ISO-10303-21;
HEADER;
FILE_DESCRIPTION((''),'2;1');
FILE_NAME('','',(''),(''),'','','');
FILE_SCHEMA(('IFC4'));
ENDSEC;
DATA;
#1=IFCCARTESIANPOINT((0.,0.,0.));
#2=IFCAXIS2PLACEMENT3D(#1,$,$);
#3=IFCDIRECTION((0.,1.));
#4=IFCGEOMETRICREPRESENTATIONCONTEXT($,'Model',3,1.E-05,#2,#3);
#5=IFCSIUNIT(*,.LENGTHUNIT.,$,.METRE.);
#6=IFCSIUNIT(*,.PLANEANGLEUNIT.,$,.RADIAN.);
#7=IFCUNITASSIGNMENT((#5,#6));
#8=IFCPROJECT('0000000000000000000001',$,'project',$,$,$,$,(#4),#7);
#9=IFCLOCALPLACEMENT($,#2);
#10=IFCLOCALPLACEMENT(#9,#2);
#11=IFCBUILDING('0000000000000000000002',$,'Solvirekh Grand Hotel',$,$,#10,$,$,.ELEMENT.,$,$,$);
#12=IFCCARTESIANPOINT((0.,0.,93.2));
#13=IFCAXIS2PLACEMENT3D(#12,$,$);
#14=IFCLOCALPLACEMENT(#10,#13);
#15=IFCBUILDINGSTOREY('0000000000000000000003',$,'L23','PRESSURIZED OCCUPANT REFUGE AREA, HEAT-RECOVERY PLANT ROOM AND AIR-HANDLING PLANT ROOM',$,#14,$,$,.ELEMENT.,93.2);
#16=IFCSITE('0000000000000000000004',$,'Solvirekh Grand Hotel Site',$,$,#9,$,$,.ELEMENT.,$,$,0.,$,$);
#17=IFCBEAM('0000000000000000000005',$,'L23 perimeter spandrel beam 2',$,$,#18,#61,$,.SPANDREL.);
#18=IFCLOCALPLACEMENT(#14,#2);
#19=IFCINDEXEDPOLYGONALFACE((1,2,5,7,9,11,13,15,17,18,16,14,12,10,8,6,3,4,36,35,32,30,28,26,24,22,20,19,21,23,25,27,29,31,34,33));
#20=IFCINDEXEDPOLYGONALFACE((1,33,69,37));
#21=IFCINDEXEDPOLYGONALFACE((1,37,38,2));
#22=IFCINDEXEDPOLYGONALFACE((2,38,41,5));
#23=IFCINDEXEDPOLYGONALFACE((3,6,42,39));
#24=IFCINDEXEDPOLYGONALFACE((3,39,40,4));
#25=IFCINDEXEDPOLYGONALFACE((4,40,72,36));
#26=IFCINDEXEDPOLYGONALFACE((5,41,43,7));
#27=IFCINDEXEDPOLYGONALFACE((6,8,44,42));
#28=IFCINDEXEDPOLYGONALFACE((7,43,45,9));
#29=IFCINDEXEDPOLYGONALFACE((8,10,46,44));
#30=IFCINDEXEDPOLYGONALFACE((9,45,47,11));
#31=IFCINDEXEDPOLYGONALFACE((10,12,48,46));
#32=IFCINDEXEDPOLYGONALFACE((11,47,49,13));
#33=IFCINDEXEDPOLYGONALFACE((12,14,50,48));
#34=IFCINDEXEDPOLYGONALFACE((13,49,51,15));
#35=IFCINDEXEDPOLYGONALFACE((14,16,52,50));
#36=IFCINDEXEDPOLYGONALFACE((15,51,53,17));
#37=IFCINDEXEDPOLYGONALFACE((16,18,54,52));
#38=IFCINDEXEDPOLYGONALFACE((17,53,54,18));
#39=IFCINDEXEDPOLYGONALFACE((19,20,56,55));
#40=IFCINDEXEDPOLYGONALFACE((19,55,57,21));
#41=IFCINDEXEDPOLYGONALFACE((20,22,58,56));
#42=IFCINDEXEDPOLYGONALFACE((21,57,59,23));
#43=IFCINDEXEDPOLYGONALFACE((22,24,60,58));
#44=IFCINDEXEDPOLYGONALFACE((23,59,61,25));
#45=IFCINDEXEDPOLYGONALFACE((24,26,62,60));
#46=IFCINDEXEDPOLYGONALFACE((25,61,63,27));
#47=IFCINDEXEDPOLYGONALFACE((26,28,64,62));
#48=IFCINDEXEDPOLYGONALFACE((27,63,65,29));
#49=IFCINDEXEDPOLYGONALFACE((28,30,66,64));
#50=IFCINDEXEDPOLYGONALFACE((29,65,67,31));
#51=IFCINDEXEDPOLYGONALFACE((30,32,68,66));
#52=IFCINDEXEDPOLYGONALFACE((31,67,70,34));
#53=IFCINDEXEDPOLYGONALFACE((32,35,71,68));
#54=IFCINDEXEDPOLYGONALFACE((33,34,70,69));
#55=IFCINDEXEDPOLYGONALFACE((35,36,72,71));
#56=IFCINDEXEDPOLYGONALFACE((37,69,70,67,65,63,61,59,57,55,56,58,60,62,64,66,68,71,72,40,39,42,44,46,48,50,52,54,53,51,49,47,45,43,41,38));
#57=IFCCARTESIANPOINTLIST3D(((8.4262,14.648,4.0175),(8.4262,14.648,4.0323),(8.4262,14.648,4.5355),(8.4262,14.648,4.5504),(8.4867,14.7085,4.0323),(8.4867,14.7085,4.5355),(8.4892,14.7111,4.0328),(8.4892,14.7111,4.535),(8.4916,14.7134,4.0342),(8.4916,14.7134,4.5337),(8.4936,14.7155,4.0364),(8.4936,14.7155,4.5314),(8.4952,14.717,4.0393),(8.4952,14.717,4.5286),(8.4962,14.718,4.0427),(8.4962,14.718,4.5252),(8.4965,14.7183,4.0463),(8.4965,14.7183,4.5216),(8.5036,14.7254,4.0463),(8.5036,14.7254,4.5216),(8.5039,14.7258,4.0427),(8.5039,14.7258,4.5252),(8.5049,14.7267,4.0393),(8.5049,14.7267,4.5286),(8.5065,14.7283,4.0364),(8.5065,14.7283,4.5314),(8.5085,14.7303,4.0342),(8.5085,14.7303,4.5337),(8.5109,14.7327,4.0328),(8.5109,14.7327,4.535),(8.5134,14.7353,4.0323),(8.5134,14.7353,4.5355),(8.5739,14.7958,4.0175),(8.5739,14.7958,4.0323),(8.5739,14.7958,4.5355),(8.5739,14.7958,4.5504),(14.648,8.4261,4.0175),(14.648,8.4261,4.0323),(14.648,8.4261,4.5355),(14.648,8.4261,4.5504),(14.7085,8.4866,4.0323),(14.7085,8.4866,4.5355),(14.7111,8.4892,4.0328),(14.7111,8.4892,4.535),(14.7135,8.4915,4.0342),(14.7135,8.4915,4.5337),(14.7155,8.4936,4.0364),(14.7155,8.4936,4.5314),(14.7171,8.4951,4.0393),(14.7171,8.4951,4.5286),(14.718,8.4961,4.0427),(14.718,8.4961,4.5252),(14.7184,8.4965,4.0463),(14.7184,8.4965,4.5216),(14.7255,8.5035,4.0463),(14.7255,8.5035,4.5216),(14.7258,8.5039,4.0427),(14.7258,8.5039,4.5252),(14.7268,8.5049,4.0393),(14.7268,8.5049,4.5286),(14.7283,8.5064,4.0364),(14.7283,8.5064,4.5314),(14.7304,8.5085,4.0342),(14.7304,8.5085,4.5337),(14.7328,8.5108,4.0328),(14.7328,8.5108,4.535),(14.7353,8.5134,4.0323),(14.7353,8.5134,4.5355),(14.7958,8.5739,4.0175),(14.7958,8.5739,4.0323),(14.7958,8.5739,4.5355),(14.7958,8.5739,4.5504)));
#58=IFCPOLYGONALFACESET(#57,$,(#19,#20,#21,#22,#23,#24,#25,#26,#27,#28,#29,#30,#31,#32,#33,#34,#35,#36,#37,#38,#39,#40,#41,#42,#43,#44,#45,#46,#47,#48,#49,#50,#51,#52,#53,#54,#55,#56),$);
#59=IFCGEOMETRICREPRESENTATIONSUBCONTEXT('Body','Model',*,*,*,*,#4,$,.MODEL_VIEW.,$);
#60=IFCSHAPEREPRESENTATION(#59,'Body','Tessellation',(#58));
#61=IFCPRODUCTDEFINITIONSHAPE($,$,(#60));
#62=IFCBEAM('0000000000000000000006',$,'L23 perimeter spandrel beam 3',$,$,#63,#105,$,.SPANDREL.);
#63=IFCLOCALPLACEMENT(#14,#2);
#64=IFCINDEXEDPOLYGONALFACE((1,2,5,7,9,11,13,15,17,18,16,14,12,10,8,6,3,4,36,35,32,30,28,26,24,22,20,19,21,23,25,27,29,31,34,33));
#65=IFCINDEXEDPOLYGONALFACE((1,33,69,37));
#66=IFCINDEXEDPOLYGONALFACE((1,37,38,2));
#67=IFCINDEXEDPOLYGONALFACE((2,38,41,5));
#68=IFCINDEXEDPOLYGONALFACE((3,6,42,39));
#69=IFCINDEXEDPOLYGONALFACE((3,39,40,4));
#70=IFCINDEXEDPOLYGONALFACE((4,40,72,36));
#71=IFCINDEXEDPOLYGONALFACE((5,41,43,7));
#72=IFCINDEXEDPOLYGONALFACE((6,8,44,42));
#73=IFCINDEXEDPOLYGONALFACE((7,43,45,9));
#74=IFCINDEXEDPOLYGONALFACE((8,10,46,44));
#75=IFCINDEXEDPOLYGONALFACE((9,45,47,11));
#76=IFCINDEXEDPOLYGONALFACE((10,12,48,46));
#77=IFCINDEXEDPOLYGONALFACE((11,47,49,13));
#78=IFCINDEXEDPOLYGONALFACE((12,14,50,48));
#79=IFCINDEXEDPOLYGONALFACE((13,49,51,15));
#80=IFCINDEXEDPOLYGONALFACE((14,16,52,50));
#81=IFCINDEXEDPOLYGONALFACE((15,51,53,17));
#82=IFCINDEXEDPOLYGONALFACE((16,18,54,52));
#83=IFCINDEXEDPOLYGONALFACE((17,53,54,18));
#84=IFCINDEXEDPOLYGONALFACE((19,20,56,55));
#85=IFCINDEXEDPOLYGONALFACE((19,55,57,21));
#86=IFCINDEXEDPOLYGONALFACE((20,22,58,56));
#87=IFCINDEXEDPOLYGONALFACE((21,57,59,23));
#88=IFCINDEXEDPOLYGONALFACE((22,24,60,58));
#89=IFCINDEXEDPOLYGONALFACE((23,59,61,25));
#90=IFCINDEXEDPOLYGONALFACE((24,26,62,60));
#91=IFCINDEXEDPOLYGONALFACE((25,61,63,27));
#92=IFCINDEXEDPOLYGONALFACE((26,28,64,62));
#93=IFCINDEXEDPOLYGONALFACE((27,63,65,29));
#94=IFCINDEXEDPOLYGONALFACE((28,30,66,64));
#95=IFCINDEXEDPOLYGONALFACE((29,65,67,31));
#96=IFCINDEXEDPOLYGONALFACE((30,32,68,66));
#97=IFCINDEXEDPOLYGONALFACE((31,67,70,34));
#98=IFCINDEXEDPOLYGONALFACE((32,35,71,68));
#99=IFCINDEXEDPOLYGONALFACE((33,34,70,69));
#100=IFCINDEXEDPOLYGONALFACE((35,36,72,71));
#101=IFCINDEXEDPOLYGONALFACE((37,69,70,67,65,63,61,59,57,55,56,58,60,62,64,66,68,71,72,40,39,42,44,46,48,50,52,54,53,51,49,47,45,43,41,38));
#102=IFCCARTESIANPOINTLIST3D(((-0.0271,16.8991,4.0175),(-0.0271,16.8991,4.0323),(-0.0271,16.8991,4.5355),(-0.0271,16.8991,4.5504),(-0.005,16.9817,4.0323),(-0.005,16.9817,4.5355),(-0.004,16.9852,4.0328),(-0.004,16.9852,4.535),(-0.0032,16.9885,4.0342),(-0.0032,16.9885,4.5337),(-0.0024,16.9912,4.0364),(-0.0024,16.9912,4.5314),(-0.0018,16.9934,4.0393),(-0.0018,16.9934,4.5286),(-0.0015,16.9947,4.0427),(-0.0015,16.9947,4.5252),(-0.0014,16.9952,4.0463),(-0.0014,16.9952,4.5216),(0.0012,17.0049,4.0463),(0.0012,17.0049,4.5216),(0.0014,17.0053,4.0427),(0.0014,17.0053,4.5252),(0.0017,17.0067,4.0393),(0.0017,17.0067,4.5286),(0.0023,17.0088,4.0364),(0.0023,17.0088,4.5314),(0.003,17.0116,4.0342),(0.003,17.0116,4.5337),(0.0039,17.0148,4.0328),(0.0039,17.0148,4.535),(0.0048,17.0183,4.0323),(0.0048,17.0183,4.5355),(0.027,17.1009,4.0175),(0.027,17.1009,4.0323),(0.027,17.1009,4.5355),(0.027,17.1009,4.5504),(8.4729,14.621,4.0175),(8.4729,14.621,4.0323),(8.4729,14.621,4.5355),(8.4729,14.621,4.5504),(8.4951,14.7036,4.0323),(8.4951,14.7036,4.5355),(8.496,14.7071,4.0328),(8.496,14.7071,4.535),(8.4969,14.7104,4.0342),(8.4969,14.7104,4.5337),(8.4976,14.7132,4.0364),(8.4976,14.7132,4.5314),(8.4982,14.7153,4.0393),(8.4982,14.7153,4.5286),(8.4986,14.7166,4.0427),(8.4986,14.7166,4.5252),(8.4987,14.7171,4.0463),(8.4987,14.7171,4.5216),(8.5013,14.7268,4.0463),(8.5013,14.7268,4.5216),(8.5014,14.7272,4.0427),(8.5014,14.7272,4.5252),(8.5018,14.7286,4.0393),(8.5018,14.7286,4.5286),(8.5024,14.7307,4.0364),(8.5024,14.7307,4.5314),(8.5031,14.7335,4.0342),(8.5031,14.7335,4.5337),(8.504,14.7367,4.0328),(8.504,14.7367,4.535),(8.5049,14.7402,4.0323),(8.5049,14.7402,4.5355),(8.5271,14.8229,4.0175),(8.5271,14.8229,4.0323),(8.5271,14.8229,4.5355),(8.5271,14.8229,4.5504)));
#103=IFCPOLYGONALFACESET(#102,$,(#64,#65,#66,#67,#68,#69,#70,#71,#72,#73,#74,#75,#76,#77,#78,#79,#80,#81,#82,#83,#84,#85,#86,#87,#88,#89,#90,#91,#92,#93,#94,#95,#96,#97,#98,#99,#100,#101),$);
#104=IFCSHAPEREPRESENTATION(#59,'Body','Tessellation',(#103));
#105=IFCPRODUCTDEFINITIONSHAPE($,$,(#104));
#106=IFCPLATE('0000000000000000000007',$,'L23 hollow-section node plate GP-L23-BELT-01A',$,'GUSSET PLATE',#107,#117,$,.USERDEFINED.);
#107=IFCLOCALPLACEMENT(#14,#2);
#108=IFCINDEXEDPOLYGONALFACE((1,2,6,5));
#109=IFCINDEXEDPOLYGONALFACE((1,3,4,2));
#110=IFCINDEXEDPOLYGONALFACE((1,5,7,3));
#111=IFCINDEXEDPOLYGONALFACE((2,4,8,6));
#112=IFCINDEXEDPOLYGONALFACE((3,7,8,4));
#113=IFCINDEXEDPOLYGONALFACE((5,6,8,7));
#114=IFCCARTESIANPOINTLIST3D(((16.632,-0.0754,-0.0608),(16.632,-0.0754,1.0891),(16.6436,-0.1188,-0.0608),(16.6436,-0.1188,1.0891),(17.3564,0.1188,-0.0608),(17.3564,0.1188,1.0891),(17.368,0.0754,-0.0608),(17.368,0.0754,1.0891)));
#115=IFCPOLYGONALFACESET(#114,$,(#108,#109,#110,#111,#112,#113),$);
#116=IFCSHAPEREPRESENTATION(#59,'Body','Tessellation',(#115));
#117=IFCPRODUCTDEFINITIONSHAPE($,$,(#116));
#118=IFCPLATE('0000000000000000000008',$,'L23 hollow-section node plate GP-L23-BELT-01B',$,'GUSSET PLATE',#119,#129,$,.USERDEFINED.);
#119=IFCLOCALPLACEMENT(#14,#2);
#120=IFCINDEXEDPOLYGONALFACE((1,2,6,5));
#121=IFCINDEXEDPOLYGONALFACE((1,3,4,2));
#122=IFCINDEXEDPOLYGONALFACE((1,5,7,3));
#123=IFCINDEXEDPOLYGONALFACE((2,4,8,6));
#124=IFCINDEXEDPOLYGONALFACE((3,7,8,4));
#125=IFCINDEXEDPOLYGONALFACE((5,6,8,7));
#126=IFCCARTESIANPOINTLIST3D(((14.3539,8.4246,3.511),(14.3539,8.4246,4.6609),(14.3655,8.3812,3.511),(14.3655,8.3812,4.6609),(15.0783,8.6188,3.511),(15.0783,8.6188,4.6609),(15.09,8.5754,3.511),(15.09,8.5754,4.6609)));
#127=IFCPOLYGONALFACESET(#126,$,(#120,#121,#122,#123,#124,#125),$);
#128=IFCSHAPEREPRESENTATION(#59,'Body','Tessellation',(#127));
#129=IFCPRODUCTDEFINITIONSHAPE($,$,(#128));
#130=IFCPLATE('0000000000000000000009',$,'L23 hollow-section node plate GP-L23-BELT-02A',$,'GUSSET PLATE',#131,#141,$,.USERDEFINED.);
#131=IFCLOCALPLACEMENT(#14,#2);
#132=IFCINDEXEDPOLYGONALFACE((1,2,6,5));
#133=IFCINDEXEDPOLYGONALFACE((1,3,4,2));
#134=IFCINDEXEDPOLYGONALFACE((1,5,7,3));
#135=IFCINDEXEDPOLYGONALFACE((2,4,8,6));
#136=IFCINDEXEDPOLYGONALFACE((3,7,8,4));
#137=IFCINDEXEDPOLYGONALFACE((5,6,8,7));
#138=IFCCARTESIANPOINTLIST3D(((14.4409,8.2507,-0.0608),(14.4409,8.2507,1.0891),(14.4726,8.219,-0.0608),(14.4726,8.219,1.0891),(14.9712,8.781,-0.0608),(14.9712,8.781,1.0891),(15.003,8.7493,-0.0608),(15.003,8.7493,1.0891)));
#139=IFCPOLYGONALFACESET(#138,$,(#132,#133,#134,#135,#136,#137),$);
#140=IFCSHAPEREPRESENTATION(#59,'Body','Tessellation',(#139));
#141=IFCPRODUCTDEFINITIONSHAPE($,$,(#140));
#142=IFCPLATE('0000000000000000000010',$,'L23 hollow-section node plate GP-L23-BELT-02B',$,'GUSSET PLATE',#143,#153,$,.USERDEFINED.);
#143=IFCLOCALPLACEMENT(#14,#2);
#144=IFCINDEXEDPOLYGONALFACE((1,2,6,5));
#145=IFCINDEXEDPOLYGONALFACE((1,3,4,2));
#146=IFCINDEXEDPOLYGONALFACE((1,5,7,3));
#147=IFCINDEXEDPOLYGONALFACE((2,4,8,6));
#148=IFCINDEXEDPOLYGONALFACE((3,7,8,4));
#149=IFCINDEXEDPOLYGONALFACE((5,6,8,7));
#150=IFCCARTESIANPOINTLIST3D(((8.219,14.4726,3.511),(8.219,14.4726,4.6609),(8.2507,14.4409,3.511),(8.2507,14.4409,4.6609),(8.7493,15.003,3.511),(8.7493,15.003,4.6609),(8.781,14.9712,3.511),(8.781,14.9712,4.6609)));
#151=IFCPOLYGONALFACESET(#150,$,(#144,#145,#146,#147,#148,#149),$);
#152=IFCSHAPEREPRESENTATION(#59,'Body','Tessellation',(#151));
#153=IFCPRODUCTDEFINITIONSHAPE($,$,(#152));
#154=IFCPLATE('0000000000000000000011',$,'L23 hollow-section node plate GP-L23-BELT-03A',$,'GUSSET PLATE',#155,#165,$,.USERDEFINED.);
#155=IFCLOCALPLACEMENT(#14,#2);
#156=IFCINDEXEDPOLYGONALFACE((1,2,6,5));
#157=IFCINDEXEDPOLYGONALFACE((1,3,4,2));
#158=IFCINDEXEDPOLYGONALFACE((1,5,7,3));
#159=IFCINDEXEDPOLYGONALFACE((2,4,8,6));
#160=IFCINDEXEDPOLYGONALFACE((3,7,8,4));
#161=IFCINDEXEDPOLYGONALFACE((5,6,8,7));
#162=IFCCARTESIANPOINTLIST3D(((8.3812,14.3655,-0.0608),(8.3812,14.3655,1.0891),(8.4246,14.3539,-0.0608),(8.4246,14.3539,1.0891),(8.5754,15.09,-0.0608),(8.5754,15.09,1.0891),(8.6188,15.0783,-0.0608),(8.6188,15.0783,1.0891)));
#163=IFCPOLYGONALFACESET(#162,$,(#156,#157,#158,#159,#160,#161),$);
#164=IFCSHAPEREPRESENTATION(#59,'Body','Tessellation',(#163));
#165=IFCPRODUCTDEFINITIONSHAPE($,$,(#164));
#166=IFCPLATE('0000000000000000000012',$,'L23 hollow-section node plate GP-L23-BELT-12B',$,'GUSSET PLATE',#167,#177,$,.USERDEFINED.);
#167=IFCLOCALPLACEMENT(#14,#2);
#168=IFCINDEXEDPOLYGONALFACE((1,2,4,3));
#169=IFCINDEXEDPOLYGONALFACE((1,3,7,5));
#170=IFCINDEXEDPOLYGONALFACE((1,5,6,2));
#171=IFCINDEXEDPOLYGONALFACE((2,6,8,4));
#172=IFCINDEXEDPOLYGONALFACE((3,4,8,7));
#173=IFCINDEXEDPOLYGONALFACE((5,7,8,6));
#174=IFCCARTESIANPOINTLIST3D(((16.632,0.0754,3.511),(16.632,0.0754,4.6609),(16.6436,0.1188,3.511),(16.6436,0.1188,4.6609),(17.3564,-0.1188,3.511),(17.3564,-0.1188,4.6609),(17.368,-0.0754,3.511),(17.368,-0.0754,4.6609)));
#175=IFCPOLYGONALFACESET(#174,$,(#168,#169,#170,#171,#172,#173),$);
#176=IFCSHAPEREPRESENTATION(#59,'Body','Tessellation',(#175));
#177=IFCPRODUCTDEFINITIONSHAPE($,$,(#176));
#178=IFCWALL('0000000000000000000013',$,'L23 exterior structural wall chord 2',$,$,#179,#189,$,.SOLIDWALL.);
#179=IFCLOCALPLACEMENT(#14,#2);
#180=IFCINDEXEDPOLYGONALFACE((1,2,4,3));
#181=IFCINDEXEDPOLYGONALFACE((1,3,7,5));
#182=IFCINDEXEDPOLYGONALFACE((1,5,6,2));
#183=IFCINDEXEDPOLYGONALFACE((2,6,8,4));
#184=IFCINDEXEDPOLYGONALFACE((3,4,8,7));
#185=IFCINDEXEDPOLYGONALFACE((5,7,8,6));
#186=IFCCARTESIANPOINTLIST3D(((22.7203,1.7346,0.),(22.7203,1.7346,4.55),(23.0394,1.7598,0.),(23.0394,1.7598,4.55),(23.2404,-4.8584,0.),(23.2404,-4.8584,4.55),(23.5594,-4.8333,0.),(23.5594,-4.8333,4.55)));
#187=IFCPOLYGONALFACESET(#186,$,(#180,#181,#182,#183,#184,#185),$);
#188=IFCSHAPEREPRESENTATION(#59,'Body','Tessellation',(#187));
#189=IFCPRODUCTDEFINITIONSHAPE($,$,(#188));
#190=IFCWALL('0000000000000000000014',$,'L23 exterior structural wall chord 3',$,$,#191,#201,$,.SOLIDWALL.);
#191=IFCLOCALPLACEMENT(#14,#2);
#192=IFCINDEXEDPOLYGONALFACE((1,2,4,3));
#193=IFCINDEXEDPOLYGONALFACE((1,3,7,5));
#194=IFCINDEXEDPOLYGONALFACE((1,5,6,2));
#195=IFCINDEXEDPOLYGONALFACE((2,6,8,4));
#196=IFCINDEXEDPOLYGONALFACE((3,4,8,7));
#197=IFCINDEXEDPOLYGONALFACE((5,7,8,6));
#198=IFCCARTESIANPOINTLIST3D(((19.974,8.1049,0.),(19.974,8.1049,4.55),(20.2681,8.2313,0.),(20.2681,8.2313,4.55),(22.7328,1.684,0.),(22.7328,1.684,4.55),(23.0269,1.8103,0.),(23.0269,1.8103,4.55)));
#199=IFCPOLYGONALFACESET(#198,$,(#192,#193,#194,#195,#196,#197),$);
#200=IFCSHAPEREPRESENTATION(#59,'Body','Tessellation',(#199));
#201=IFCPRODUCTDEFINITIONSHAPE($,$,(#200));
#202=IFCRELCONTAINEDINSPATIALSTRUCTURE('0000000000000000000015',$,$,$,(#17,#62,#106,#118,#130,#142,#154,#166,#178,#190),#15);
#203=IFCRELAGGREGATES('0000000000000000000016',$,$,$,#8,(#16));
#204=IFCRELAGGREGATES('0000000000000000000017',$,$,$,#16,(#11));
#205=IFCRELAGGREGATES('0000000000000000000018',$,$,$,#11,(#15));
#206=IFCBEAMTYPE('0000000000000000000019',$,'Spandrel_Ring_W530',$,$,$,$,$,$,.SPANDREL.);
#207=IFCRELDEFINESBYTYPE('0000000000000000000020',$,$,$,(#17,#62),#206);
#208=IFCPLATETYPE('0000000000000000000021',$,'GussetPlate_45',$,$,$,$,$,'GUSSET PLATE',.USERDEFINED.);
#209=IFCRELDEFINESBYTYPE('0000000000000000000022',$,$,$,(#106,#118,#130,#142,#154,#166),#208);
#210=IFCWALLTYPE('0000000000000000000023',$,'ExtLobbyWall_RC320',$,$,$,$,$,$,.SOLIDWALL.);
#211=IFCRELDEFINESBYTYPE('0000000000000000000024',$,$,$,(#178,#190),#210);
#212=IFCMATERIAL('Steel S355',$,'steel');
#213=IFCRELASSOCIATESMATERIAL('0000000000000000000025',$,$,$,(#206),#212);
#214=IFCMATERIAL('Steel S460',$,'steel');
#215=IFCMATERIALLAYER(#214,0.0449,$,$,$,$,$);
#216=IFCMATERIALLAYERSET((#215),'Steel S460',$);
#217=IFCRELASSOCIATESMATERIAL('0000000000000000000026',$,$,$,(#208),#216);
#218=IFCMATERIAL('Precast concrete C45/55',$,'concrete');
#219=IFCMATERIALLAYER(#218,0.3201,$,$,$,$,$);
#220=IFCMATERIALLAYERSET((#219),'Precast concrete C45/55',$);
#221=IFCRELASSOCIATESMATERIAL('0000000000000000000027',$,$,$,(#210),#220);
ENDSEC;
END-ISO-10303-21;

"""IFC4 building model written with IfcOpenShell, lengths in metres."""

from ifc_helpers import new_model, si_unit, direction, frame, frame_2d, origin, origin_2d, place, context, subcontext, project, spatial, rectangle, i_section, extrude, material, layer, layer_set, material_profile, profile_set, type_object, element, save


model = new_model("IFC4")

# Units and contexts
model_context = context("Model", 3, precision=1e-05, world=origin(), true_north=direction((0.0, 1.0)))
body_context = subcontext(model_context, "Body", "Model", "MODEL_VIEW")
ifc_project = project(units=[si_unit("LENGTHUNIT", "METRE"), si_unit("PLANEANGLEUNIT", "RADIAN")], contexts=[model_context])

# Site, building, storey
site_placement = place(None, origin())
site = spatial("IfcSite", under=ifc_project, at=site_placement, Name="Solvirekh Grand Hotel Site", CompositionType="ELEMENT", RefElevation=0.0)
building_placement = place(site_placement, origin())
building = spatial("IfcBuilding", under=site, at=building_placement, Name="Solvirekh Grand Hotel", CompositionType="ELEMENT")
storey_placement = place(building_placement, frame((0.0, 0.0, 93.2)))
storey = spatial("IfcBuildingStorey", under=building, at=storey_placement, Name="L23", Description="PRESSURIZED OCCUPANT REFUGE AREA, HEAT-RECOVERY PLANT ROOM AND AIR-HANDLING PLANT ROOM", CompositionType="ELEMENT", Elevation=93.2)

# Shared definitions
ifc_material_1 = material(Name="Steel S460", Category="steel")

# Beams
ifc_material_2 = material(Name="Steel S355", Category="steel")
ifc_material_profile_1 = material_profile(ifc_material_2, i_section(OverallWidth=0.209, OverallDepth=0.533, WebThickness=0.01, FlangeThickness=0.0149, FilletRadius=0.0139, at=origin_2d()), Name="W530X92")
ifc_profile_set_1 = profile_set([ifc_material_profile_1], Name="Steel S355")
beam_type = type_object("IfcBeamType", Name="Spandrel_Ring_W530", PredefinedType="SPANDREL", material=ifc_profile_set_1)
beam_1_placement = place(storey_placement, frame((14.7219, 8.5, 4.2839), z_axis=(-0.707107, 0.707107, 0.0), x_axis=(-0.707107, -0.707107, 0.0)))
element("IfcBeam", 1, at=beam_1_placement, inside=storey, type_object=beam_type, Name="L23 perimeter spandrel beam 2", PredefinedType="SPANDREL", context=body_context, shape_type="SweptSolid", body=[
    extrude(i_section(OverallWidth=0.209, OverallDepth=0.533, WebThickness=0.01, FlangeThickness=0.0149, FilletRadius=0.0139, at=origin_2d()), origin(), (0.0, 0.0, 1.0), 8.7991),
])
beam_2_placement = place(storey_placement, frame((8.5, 14.7219, 4.2839), z_axis=(-0.965911, 0.258873, 0.0), x_axis=(-0.258873, -0.965911, 0.0)))
element("IfcBeam", 2, at=beam_2_placement, inside=storey, type_object=beam_type, Name="L23 perimeter spandrel beam 3", PredefinedType="SPANDREL", context=body_context, shape_type="SweptSolid", body=[
    extrude(i_section(OverallWidth=0.209, OverallDepth=0.533, WebThickness=0.01, FlangeThickness=0.0149, FilletRadius=0.0139, at=origin_2d()), origin(), (0.0, 0.0, 1.0), 8.8),
])

# Plates
ifc_layer_1 = layer(ifc_material_1, 0.0449)
ifc_layer_set_1 = layer_set([ifc_layer_1], Name="Steel S460")
plate_type = type_object("IfcPlateType", Name="GussetPlate_45", ElementType="GUSSET PLATE", PredefinedType="USERDEFINED", material=ifc_layer_set_1)
for number, where, z_axis, x_axis, name in (
    (3, (17.0, 0.0, -0.0608), (0.0, 0.0, 1.0), (-0.258819, 0.965926, 0.0), "L23 hollow-section node plate GP-L23-BELT-01A"),
    (4, (14.7219, 8.5, 3.511), (0.0, 0.0, 1.0), (-0.258819, 0.965926, 0.0), "L23 hollow-section node plate GP-L23-BELT-01B"),
    (5, (14.7219, 8.5, -0.0608), (0.0, 0.0, 1.0), (-0.707107, 0.707107, 0.0), "L23 hollow-section node plate GP-L23-BELT-02A"),
    (6, (8.5, 14.7219, 3.511), (0.0, 0.0, 1.0), (-0.707107, 0.707107, 0.0), "L23 hollow-section node plate GP-L23-BELT-02B"),
    (7, (8.5, 14.7219, -0.0608), (0.0, 0.0, 1.0), (-0.965926, 0.258819, 0.0), "L23 hollow-section node plate GP-L23-BELT-03A"),
    (8, (17.0, 0.0, 3.511), (0.0, 0.0, 1.0), (0.258819, 0.965926, 0.0), "L23 hollow-section node plate GP-L23-BELT-12B"),
):
    element("IfcPlate", number, at=place(storey_placement, frame(where, z_axis=z_axis, x_axis=x_axis)), inside=storey, type_object=plate_type, Name=name, ObjectType="GUSSET PLATE", PredefinedType="USERDEFINED", context=body_context, shape_type="SweptSolid", body=[
        extrude(rectangle(XDim=0.0449, YDim=0.75, at=origin_2d()), origin(), (0.0, 0.0, 1.0), 1.1499),
    ])

# Walls
ifc_material_3 = material(Name="Precast concrete C45/55", Category="concrete")
ifc_layer_2 = layer(ifc_material_3, 0.3201)
ifc_layer_set_2 = layer_set([ifc_layer_2], Name="Precast concrete C45/55")
wall_type_1 = type_object("IfcWallType", Name="ExtLobbyWall_RC320", PredefinedType="SOLIDWALL", material=ifc_layer_set_2)
wall_1_placement = place(storey_placement, frame((22.8799, 1.7471, 0.0), z_axis=(0.0, 0.0, 1.0), x_axis=(0.07863, -0.996904, 0.0)))
element("IfcWall", 9, at=wall_1_placement, inside=storey, type_object=wall_type_1, Name="L23 exterior structural wall chord 2", PredefinedType="SOLIDWALL", context=body_context, shape_type="SweptSolid", body=[
    extrude(rectangle(XDim=6.6135, YDim=0.3201, at=frame_2d((3.3066, 0.0))), origin(), (0.0, 0.0, 1.0), 4.55),
])
wall_2_placement = place(storey_placement, frame((20.1211, 8.168, 0.0), z_axis=(0.0, 0.0, 1.0), x_axis=(0.394762, -0.918783, 0.0)))
element("IfcWall", 10, at=wall_2_placement, inside=storey, type_object=wall_type_1, Name="L23 exterior structural wall chord 3", PredefinedType="SOLIDWALL", context=body_context, shape_type="SweptSolid", body=[
    extrude(rectangle(XDim=6.9885, YDim=0.3201, at=frame_2d((3.4941, 0.0))), origin(), (0.0, 0.0, 1.0), 4.55),
])

save(model, "model.ifc")
